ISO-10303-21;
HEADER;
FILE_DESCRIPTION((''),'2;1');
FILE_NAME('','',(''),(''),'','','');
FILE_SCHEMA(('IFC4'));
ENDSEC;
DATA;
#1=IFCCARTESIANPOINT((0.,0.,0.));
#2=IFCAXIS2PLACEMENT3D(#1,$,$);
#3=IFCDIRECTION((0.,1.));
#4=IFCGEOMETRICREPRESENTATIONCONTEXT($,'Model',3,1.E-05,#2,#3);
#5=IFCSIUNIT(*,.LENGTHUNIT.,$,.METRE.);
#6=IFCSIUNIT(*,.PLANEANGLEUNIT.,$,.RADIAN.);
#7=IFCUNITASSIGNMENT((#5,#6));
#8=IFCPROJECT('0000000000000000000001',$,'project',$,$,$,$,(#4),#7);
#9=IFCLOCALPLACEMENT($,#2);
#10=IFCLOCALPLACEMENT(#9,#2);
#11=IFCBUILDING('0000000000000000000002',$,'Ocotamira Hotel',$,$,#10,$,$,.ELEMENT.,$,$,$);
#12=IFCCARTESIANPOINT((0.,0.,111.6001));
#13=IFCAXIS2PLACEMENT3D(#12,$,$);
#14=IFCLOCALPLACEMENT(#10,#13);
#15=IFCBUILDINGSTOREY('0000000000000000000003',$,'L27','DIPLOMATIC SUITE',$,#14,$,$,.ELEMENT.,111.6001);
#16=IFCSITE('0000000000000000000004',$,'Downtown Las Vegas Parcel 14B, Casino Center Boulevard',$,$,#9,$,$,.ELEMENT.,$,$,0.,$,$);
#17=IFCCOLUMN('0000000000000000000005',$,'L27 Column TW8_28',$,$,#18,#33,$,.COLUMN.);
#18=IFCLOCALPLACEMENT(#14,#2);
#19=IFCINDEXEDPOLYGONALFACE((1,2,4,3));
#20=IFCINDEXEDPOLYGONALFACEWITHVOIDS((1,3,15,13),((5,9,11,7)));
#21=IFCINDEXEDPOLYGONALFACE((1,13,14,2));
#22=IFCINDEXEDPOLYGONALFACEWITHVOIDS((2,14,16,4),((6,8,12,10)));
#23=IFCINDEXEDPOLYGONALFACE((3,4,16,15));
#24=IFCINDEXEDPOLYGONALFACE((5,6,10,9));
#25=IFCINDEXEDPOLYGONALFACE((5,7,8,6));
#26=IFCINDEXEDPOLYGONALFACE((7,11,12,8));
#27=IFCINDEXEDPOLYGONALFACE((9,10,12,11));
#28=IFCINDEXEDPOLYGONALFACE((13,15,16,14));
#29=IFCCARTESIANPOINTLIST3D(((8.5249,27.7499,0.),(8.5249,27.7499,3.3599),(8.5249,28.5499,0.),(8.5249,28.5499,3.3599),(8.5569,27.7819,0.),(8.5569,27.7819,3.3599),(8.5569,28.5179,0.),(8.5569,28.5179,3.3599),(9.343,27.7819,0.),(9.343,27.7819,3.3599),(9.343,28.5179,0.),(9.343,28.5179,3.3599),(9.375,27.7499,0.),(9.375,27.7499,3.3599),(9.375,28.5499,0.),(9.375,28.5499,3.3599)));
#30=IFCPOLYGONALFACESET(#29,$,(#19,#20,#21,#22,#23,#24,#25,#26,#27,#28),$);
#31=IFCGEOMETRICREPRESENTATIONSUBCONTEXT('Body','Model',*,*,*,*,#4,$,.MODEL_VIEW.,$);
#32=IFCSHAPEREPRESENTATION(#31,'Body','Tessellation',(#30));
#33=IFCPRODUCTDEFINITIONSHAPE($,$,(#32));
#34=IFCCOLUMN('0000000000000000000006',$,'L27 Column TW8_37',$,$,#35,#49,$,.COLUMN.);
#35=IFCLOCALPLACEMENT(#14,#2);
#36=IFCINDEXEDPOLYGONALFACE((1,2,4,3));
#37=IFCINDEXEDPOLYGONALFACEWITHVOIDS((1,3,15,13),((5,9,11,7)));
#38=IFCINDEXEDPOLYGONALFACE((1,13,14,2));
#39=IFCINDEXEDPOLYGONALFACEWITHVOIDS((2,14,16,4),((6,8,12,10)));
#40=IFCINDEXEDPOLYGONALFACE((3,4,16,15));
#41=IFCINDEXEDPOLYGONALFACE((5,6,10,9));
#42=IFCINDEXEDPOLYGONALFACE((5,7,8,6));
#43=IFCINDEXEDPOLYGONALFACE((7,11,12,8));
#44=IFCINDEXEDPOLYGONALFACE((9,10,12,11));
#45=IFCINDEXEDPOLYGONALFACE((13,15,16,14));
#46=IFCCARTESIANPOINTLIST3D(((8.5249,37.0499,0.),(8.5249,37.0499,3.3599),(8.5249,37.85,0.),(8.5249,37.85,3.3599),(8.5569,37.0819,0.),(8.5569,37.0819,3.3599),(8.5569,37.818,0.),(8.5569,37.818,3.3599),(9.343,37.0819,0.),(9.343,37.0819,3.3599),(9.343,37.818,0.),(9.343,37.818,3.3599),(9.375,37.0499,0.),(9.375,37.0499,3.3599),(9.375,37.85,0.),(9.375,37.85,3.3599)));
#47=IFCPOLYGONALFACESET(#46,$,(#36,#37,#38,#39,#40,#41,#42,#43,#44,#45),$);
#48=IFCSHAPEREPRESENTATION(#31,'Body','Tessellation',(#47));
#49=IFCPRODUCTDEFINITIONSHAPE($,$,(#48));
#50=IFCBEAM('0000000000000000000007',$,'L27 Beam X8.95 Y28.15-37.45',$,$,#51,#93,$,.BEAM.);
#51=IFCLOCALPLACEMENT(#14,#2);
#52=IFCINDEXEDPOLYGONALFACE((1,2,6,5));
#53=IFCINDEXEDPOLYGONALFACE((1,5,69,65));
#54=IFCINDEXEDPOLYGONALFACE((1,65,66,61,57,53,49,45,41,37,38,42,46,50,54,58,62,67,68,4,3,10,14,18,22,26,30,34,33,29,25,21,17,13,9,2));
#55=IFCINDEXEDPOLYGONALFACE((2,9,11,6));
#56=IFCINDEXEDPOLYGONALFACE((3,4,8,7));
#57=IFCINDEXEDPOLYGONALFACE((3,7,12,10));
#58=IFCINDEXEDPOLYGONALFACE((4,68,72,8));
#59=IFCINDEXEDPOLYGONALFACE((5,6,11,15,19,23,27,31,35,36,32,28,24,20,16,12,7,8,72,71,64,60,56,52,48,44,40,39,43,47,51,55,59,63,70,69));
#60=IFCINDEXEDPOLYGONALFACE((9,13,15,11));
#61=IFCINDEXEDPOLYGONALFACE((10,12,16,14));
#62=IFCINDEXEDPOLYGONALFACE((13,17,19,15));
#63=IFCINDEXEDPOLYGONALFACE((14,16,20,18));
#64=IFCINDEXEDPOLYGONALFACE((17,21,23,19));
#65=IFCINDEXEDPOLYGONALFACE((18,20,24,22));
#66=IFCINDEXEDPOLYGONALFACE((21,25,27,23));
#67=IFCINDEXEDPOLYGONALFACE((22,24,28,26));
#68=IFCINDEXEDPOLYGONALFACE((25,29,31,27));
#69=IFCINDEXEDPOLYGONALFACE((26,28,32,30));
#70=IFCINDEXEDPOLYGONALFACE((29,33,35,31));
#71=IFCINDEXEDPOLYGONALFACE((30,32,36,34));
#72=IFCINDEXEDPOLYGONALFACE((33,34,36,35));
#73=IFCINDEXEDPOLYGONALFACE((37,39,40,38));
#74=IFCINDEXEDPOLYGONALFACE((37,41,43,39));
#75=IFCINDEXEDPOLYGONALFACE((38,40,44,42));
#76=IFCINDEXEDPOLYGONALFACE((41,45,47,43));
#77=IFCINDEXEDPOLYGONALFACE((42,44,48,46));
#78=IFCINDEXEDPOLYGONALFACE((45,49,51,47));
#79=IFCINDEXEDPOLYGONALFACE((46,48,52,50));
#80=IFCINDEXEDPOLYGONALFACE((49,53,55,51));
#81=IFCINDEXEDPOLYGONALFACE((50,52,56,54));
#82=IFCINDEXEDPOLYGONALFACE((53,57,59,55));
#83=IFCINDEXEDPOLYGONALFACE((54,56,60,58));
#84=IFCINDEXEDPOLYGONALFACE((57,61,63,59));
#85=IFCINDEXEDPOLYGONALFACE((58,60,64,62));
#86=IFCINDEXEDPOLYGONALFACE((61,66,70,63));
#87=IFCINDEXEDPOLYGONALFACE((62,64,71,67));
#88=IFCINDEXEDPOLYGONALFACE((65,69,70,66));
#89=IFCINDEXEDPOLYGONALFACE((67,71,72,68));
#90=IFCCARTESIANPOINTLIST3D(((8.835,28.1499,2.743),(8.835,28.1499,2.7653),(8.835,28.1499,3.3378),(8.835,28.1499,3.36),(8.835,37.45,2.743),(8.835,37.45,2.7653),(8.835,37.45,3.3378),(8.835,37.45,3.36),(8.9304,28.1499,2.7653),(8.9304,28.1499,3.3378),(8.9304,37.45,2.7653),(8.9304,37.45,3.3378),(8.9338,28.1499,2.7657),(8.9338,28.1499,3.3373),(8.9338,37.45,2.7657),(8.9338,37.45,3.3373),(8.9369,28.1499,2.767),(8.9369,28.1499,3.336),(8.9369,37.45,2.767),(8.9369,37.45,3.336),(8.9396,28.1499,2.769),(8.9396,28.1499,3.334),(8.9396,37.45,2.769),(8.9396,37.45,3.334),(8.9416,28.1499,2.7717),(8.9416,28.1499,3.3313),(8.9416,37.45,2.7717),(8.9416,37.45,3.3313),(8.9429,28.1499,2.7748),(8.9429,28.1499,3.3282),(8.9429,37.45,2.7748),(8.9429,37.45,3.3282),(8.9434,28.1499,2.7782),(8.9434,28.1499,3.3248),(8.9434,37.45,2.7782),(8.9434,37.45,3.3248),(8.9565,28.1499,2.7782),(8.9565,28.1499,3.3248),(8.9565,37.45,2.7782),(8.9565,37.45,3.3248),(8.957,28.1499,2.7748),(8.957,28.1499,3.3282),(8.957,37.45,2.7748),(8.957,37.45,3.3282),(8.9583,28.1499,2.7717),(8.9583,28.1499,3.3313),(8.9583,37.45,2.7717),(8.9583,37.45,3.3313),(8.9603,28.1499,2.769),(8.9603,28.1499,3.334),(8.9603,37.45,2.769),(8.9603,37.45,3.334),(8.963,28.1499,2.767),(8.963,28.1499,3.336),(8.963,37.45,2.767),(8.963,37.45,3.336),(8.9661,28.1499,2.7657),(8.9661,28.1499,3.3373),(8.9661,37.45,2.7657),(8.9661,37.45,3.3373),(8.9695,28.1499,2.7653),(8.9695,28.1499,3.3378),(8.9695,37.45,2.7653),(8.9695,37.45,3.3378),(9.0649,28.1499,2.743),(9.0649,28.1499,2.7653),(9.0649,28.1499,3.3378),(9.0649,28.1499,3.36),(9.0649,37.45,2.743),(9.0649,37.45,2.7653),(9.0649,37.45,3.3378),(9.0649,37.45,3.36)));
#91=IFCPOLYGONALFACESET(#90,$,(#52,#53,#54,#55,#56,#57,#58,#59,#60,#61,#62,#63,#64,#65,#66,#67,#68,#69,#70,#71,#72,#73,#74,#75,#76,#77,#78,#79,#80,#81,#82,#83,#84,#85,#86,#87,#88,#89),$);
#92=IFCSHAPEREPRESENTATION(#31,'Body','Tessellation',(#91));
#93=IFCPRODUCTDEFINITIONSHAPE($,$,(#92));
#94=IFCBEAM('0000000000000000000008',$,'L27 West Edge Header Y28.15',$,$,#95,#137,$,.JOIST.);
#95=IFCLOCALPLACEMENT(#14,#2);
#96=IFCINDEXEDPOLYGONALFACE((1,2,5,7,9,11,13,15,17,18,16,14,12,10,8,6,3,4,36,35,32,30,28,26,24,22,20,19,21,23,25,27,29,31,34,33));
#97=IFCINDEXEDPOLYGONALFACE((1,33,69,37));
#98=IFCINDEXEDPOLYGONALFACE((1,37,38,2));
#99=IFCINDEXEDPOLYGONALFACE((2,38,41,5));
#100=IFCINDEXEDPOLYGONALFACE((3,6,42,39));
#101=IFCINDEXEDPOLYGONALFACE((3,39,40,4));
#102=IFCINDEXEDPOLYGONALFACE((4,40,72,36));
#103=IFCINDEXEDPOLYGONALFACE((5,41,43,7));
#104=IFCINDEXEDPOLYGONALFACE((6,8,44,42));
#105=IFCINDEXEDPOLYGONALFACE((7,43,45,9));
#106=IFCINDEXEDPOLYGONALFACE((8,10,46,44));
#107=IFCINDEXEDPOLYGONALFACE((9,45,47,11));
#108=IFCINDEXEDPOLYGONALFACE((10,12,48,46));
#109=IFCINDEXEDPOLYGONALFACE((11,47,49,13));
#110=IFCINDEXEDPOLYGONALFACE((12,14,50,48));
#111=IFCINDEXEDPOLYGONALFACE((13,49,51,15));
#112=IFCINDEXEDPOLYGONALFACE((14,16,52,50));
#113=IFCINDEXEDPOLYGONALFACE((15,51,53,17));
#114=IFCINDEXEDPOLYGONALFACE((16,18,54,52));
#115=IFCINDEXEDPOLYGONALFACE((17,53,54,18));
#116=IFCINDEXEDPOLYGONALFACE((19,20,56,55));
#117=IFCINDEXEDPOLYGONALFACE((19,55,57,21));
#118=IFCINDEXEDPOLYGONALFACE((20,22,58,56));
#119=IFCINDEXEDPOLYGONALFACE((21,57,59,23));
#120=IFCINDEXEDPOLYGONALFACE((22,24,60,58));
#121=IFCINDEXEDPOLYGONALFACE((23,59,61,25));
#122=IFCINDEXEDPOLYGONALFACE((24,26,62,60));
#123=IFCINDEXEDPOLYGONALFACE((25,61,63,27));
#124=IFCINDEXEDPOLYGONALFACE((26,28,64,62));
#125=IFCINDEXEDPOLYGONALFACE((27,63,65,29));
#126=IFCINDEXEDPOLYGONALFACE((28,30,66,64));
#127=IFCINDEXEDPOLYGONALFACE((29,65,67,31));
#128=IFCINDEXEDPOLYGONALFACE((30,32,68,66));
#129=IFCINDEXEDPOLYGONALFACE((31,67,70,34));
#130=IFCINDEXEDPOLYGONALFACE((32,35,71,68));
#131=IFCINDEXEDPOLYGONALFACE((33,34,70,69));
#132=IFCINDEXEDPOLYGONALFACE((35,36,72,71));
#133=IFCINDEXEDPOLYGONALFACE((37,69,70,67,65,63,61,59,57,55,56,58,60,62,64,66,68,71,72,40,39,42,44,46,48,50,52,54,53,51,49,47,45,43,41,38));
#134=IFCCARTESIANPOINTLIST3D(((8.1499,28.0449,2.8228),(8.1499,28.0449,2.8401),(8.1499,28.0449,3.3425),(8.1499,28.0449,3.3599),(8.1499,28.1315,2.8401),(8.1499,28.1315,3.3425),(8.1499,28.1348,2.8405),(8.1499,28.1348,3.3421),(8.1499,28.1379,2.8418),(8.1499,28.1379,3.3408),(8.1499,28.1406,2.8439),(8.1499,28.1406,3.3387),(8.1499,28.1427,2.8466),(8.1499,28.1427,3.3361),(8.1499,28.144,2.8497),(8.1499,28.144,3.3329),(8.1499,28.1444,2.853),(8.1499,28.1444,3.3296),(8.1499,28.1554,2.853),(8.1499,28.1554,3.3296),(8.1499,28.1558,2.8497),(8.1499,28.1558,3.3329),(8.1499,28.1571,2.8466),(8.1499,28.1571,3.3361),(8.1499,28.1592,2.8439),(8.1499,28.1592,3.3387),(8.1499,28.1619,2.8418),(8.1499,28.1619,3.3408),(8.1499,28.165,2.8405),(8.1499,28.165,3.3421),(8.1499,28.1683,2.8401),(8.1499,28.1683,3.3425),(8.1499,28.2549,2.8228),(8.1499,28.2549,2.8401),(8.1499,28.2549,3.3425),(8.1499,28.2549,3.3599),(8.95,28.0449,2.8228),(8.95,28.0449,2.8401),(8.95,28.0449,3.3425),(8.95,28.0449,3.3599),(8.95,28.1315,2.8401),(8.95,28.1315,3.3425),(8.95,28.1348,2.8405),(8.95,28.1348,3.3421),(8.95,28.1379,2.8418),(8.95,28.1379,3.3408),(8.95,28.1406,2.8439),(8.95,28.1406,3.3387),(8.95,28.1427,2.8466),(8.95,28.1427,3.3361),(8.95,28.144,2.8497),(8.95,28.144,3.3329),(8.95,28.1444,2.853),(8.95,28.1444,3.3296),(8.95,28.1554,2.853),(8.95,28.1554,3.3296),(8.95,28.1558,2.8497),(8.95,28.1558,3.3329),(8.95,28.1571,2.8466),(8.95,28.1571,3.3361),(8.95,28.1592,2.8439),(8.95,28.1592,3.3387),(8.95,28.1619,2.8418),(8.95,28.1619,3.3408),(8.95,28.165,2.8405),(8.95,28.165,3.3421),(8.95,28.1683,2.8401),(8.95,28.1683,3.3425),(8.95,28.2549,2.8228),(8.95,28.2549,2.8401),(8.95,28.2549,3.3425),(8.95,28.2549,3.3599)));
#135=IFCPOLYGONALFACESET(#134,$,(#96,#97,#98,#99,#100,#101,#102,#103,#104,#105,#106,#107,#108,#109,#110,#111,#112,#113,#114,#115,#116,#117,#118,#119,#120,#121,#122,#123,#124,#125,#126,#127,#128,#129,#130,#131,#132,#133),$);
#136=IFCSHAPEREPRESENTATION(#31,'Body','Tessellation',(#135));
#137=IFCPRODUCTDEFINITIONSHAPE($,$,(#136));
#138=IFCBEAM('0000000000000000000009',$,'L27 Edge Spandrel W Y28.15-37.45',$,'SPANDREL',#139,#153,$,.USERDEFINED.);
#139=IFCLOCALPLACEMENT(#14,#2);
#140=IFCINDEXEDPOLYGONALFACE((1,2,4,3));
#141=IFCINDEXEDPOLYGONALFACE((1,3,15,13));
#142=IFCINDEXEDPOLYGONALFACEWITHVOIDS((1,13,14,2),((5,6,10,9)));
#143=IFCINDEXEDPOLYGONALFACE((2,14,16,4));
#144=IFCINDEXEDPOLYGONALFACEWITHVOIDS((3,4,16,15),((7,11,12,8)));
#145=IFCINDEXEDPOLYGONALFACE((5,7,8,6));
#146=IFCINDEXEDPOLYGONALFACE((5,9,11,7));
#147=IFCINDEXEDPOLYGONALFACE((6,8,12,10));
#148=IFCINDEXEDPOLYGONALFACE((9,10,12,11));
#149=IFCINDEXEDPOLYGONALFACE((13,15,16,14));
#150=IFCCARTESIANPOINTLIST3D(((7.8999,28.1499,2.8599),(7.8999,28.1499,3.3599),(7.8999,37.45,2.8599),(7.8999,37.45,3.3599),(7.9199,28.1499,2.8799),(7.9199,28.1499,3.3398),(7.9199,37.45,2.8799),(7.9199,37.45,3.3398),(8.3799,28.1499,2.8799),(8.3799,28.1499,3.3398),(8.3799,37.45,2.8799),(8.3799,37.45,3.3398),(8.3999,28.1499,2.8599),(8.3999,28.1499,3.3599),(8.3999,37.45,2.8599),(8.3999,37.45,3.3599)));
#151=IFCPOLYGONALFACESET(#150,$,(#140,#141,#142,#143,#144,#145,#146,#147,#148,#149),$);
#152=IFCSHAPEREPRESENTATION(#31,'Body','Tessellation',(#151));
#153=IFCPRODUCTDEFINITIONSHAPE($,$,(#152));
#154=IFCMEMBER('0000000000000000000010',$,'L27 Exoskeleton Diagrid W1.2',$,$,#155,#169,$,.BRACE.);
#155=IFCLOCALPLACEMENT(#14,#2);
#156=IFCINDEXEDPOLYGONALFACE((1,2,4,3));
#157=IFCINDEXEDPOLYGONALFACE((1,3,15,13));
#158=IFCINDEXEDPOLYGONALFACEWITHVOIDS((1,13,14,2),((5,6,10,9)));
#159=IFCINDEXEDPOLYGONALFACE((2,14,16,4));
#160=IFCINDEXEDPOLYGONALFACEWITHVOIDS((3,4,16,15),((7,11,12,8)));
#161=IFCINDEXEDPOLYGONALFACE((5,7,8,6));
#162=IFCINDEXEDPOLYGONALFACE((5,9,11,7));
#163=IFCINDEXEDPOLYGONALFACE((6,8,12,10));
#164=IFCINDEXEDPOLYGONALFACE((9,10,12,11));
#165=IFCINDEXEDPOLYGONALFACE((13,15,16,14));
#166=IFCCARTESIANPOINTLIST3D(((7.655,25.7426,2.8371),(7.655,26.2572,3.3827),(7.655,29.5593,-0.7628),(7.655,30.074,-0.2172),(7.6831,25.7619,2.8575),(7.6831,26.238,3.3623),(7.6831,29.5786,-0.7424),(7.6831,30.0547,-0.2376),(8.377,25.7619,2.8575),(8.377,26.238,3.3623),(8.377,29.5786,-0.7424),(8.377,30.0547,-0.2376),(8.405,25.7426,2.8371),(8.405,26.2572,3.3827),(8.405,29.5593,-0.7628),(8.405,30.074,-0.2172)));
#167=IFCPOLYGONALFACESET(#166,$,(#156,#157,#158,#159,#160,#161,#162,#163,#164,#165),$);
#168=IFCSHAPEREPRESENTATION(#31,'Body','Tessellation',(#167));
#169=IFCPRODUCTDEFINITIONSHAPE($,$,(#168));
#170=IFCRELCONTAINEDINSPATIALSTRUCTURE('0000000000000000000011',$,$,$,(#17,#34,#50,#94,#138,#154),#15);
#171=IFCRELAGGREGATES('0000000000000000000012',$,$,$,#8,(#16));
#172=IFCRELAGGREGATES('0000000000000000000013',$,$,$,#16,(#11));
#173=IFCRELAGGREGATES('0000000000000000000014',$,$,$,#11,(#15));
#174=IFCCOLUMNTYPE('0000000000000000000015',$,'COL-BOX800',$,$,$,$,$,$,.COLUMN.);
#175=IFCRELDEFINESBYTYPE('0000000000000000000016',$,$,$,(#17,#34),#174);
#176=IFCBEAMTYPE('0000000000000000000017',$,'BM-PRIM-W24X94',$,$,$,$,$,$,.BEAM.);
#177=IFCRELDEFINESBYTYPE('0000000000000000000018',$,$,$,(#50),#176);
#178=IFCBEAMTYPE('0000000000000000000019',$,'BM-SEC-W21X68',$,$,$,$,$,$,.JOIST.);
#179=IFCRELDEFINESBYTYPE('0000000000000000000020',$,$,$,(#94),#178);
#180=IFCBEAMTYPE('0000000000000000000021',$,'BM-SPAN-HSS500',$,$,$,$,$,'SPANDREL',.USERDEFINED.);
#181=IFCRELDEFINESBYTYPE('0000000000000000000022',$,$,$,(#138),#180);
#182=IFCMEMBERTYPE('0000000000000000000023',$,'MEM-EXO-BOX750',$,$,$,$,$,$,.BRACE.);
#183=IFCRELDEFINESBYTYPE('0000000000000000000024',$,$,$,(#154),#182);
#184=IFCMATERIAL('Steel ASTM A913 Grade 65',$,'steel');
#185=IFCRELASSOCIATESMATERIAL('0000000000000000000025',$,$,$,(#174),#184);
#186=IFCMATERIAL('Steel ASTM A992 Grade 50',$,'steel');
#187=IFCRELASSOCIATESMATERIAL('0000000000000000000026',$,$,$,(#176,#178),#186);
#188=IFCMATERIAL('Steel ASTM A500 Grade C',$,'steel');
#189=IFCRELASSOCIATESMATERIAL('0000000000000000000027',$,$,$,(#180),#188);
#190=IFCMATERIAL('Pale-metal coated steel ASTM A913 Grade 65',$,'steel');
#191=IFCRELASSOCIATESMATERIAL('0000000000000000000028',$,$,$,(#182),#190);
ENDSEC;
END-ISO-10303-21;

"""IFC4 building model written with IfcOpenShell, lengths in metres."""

from ifc_helpers import new_model, si_unit, direction, frame, origin, origin_2d, place, context, subcontext, project, spatial, hollow_rectangle, i_section, extrude, source, transform, mapped, material, material_profile, profile_set, type_object, element, save


model = new_model("IFC4")

# Units and contexts
model_context = context("Model", 3, precision=1e-05, world=origin(), true_north=direction((0.0, 1.0)))
body_context = subcontext(model_context, "Body", "Model", "MODEL_VIEW")
ifc_project = project(units=[si_unit("LENGTHUNIT", "METRE"), si_unit("PLANEANGLEUNIT", "RADIAN")], contexts=[model_context])

# Site, building, storey
site_placement = place(None, origin())
site = spatial("IfcSite", under=ifc_project, at=site_placement, Name="Downtown Las Vegas Parcel 14B, Casino Center Boulevard", CompositionType="ELEMENT", RefElevation=0.0)
building_placement = place(site_placement, origin())
building = spatial("IfcBuilding", under=site, at=building_placement, Name="Ocotamira Hotel", CompositionType="ELEMENT")
storey_placement = place(building_placement, frame((0.0, 0.0, 111.6001)))
storey = spatial("IfcBuildingStorey", under=building, at=storey_placement, Name="L27", Description="DIPLOMATIC SUITE", CompositionType="ELEMENT", Elevation=111.6001)

# Columns
ifc_material_1 = material(Name="Steel ASTM A913 Grade 65", Category="steel")
ifc_material_profile_1 = material_profile(ifc_material_1, hollow_rectangle(XDim=0.8501, YDim=0.8, WallThickness=0.032, at=origin_2d()), Name="BOX800X850X32")
ifc_profile_set_1 = profile_set([ifc_material_profile_1], Name="Steel ASTM A913 Grade 65")
column_type = type_object("IfcColumnType", Name="COL-BOX800", PredefinedType="COLUMN", material=ifc_profile_set_1)
shared_shape_1 = source(origin(), body_context, "Body", "SweptSolid", [
    extrude(hollow_rectangle(XDim=0.8501, YDim=0.8, WallThickness=0.032, at=origin_2d()), origin(), (0.0, 0.0, 1.0), 3.3599),
])
for number, where, z_axis, x_axis, name in (
    (1, (8.95, 28.1499, 0.0), (0.0, 0.0, 1.0), (1.0, 0.0, 0.0), "L27 Column TW8_28"),
    (2, (8.95, 37.45, 0.0), (0.0, 0.0, 1.0), (1.0, 0.0, 0.0), "L27 Column TW8_37"),
):
    element("IfcColumn", number, at=place(storey_placement, frame(where, z_axis=z_axis, x_axis=x_axis)), inside=storey, type_object=column_type, Name=name, PredefinedType="COLUMN", context=body_context, shape_type="MappedRepresentation", body=[
        mapped(shared_shape_1, transform((0.0, 0.0, 0.0), scale=1.0)),
    ])

# Beams
ifc_material_2 = material(Name="Steel ASTM A992 Grade 50", Category="steel")
ifc_material_profile_2 = material_profile(ifc_material_2, i_section(OverallWidth=0.23, OverallDepth=0.6169, WebThickness=0.0132, FlangeThickness=0.0222, FilletRadius=0.0129, at=origin_2d()), Name="W24X94")
ifc_profile_set_2 = profile_set([ifc_material_profile_2], Name="Steel ASTM A992 Grade 50")
beam_type_1 = type_object("IfcBeamType", Name="BM-PRIM-W24X94", PredefinedType="BEAM", material=ifc_profile_set_2)
shared_shape_2 = source(origin(), body_context, "Body", "SweptSolid", [
    extrude(i_section(OverallWidth=0.23, OverallDepth=0.6169, WebThickness=0.0132, FlangeThickness=0.0222, FilletRadius=0.0129, at=origin_2d()), origin(), (0.0, 0.0, 1.0), 9.3),
])
beam_1_placement = place(storey_placement, frame((8.95, 28.1499, 3.0515), z_axis=(0.0, 1.0, 0.0), x_axis=(-1.0, 0.0, 0.0)))
element("IfcBeam", 3, at=beam_1_placement, inside=storey, type_object=beam_type_1, Name="L27 Beam X8.95 Y28.15-37.45", PredefinedType="BEAM", context=body_context, shape_type="MappedRepresentation", body=[
    mapped(shared_shape_2, transform((0.0, 0.0, 0.0), scale=1.0)),
])
ifc_material_profile_3 = material_profile(ifc_material_2, i_section(OverallWidth=0.21, OverallDepth=0.5371, WebThickness=0.011, FlangeThickness=0.0173, FilletRadius=0.0129, at=origin_2d()), Name="W21X68")
ifc_profile_set_3 = profile_set([ifc_material_profile_3], Name="Steel ASTM A992 Grade 50")
beam_type_2 = type_object("IfcBeamType", Name="BM-SEC-W21X68", PredefinedType="JOIST", material=ifc_profile_set_3)
shared_shape_3 = source(origin(), body_context, "Body", "SweptSolid", [
    extrude(i_section(OverallWidth=0.21, OverallDepth=0.5371, WebThickness=0.011, FlangeThickness=0.0173, FilletRadius=0.0129, at=origin_2d()), origin(), (0.0, 0.0, 1.0), 0.8),
])
beam_2_placement = place(storey_placement, frame((8.95, 28.1499, 3.0913), z_axis=(-1.0, 0.0, 0.0), x_axis=(0.0, -1.0, 0.0)))
element("IfcBeam", 4, at=beam_2_placement, inside=storey, type_object=beam_type_2, Name="L27 West Edge Header Y28.15", PredefinedType="JOIST", context=body_context, shape_type="MappedRepresentation", body=[
    mapped(shared_shape_3, transform((0.0, 0.0, 0.0), scale=1.0)),
])
ifc_material_3 = material(Name="Steel ASTM A500 Grade C", Category="steel")
ifc_material_profile_4 = material_profile(ifc_material_3, hollow_rectangle(XDim=0.5, YDim=0.5, WallThickness=0.02, at=origin_2d()), Name="HSS500X500X20")
ifc_profile_set_4 = profile_set([ifc_material_profile_4], Name="Steel ASTM A500 Grade C")
beam_type_3 = type_object("IfcBeamType", Name="BM-SPAN-HSS500", ElementType="SPANDREL", PredefinedType="USERDEFINED", material=ifc_profile_set_4)
shared_shape_4 = source(origin(), body_context, "Body", "SweptSolid", [
    extrude(hollow_rectangle(XDim=0.5, YDim=0.5, WallThickness=0.02, at=origin_2d()), origin(), (0.0, 0.0, 1.0), 9.3),
])
beam_3_placement = place(storey_placement, frame((8.1499, 28.1499, 3.1099), z_axis=(0.0, 1.0, 0.0), x_axis=(-1.0, 0.0, 0.0)))
element("IfcBeam", 5, at=beam_3_placement, inside=storey, type_object=beam_type_3, Name="L27 Edge Spandrel W Y28.15-37.45", ObjectType="SPANDREL", PredefinedType="USERDEFINED", context=body_context, shape_type="MappedRepresentation", body=[
    mapped(shared_shape_4, transform((0.0, 0.0, 0.0), scale=1.0)),
])

# Member
ifc_material_4 = material(Name="Pale-metal coated steel ASTM A913 Grade 65", Category="steel")
ifc_material_profile_5 = material_profile(ifc_material_4, hollow_rectangle(XDim=0.75, YDim=0.75, WallThickness=0.0281, at=origin_2d()), Name="BOX750X750X28")
ifc_profile_set_5 = profile_set([ifc_material_profile_5], Name="Pale-metal coated steel ASTM A913 Grade 65")
member_type_1 = type_object("IfcMemberType", Name="MEM-EXO-BOX750", PredefinedType="BRACE", material=ifc_profile_set_5)
shared_shape_5 = source(origin(), body_context, "Body", "SweptSolid", [
    extrude(hollow_rectangle(XDim=0.75, YDim=0.75, WallThickness=0.0281, at=origin_2d()), origin(), (0.0, 0.0, 1.0), 5.2466),
])
for number, where, z_axis, x_axis, name in (
    (6, (8.03, 29.8167, -0.49), (0.0, -0.727466, 0.686144), (1.0, 0.0, 0.0), "L27 Exoskeleton Diagrid W1.2"),
):
    element("IfcMember", number, at=place(storey_placement, frame(where, z_axis=z_axis, x_axis=x_axis)), inside=storey, type_object=member_type_1, Name=name, PredefinedType="BRACE", context=body_context, shape_type="MappedRepresentation", body=[
        mapped(shared_shape_5, transform((0.0, 0.0, 0.0), scale=1.0)),
    ])

save(model, "model.ifc")
